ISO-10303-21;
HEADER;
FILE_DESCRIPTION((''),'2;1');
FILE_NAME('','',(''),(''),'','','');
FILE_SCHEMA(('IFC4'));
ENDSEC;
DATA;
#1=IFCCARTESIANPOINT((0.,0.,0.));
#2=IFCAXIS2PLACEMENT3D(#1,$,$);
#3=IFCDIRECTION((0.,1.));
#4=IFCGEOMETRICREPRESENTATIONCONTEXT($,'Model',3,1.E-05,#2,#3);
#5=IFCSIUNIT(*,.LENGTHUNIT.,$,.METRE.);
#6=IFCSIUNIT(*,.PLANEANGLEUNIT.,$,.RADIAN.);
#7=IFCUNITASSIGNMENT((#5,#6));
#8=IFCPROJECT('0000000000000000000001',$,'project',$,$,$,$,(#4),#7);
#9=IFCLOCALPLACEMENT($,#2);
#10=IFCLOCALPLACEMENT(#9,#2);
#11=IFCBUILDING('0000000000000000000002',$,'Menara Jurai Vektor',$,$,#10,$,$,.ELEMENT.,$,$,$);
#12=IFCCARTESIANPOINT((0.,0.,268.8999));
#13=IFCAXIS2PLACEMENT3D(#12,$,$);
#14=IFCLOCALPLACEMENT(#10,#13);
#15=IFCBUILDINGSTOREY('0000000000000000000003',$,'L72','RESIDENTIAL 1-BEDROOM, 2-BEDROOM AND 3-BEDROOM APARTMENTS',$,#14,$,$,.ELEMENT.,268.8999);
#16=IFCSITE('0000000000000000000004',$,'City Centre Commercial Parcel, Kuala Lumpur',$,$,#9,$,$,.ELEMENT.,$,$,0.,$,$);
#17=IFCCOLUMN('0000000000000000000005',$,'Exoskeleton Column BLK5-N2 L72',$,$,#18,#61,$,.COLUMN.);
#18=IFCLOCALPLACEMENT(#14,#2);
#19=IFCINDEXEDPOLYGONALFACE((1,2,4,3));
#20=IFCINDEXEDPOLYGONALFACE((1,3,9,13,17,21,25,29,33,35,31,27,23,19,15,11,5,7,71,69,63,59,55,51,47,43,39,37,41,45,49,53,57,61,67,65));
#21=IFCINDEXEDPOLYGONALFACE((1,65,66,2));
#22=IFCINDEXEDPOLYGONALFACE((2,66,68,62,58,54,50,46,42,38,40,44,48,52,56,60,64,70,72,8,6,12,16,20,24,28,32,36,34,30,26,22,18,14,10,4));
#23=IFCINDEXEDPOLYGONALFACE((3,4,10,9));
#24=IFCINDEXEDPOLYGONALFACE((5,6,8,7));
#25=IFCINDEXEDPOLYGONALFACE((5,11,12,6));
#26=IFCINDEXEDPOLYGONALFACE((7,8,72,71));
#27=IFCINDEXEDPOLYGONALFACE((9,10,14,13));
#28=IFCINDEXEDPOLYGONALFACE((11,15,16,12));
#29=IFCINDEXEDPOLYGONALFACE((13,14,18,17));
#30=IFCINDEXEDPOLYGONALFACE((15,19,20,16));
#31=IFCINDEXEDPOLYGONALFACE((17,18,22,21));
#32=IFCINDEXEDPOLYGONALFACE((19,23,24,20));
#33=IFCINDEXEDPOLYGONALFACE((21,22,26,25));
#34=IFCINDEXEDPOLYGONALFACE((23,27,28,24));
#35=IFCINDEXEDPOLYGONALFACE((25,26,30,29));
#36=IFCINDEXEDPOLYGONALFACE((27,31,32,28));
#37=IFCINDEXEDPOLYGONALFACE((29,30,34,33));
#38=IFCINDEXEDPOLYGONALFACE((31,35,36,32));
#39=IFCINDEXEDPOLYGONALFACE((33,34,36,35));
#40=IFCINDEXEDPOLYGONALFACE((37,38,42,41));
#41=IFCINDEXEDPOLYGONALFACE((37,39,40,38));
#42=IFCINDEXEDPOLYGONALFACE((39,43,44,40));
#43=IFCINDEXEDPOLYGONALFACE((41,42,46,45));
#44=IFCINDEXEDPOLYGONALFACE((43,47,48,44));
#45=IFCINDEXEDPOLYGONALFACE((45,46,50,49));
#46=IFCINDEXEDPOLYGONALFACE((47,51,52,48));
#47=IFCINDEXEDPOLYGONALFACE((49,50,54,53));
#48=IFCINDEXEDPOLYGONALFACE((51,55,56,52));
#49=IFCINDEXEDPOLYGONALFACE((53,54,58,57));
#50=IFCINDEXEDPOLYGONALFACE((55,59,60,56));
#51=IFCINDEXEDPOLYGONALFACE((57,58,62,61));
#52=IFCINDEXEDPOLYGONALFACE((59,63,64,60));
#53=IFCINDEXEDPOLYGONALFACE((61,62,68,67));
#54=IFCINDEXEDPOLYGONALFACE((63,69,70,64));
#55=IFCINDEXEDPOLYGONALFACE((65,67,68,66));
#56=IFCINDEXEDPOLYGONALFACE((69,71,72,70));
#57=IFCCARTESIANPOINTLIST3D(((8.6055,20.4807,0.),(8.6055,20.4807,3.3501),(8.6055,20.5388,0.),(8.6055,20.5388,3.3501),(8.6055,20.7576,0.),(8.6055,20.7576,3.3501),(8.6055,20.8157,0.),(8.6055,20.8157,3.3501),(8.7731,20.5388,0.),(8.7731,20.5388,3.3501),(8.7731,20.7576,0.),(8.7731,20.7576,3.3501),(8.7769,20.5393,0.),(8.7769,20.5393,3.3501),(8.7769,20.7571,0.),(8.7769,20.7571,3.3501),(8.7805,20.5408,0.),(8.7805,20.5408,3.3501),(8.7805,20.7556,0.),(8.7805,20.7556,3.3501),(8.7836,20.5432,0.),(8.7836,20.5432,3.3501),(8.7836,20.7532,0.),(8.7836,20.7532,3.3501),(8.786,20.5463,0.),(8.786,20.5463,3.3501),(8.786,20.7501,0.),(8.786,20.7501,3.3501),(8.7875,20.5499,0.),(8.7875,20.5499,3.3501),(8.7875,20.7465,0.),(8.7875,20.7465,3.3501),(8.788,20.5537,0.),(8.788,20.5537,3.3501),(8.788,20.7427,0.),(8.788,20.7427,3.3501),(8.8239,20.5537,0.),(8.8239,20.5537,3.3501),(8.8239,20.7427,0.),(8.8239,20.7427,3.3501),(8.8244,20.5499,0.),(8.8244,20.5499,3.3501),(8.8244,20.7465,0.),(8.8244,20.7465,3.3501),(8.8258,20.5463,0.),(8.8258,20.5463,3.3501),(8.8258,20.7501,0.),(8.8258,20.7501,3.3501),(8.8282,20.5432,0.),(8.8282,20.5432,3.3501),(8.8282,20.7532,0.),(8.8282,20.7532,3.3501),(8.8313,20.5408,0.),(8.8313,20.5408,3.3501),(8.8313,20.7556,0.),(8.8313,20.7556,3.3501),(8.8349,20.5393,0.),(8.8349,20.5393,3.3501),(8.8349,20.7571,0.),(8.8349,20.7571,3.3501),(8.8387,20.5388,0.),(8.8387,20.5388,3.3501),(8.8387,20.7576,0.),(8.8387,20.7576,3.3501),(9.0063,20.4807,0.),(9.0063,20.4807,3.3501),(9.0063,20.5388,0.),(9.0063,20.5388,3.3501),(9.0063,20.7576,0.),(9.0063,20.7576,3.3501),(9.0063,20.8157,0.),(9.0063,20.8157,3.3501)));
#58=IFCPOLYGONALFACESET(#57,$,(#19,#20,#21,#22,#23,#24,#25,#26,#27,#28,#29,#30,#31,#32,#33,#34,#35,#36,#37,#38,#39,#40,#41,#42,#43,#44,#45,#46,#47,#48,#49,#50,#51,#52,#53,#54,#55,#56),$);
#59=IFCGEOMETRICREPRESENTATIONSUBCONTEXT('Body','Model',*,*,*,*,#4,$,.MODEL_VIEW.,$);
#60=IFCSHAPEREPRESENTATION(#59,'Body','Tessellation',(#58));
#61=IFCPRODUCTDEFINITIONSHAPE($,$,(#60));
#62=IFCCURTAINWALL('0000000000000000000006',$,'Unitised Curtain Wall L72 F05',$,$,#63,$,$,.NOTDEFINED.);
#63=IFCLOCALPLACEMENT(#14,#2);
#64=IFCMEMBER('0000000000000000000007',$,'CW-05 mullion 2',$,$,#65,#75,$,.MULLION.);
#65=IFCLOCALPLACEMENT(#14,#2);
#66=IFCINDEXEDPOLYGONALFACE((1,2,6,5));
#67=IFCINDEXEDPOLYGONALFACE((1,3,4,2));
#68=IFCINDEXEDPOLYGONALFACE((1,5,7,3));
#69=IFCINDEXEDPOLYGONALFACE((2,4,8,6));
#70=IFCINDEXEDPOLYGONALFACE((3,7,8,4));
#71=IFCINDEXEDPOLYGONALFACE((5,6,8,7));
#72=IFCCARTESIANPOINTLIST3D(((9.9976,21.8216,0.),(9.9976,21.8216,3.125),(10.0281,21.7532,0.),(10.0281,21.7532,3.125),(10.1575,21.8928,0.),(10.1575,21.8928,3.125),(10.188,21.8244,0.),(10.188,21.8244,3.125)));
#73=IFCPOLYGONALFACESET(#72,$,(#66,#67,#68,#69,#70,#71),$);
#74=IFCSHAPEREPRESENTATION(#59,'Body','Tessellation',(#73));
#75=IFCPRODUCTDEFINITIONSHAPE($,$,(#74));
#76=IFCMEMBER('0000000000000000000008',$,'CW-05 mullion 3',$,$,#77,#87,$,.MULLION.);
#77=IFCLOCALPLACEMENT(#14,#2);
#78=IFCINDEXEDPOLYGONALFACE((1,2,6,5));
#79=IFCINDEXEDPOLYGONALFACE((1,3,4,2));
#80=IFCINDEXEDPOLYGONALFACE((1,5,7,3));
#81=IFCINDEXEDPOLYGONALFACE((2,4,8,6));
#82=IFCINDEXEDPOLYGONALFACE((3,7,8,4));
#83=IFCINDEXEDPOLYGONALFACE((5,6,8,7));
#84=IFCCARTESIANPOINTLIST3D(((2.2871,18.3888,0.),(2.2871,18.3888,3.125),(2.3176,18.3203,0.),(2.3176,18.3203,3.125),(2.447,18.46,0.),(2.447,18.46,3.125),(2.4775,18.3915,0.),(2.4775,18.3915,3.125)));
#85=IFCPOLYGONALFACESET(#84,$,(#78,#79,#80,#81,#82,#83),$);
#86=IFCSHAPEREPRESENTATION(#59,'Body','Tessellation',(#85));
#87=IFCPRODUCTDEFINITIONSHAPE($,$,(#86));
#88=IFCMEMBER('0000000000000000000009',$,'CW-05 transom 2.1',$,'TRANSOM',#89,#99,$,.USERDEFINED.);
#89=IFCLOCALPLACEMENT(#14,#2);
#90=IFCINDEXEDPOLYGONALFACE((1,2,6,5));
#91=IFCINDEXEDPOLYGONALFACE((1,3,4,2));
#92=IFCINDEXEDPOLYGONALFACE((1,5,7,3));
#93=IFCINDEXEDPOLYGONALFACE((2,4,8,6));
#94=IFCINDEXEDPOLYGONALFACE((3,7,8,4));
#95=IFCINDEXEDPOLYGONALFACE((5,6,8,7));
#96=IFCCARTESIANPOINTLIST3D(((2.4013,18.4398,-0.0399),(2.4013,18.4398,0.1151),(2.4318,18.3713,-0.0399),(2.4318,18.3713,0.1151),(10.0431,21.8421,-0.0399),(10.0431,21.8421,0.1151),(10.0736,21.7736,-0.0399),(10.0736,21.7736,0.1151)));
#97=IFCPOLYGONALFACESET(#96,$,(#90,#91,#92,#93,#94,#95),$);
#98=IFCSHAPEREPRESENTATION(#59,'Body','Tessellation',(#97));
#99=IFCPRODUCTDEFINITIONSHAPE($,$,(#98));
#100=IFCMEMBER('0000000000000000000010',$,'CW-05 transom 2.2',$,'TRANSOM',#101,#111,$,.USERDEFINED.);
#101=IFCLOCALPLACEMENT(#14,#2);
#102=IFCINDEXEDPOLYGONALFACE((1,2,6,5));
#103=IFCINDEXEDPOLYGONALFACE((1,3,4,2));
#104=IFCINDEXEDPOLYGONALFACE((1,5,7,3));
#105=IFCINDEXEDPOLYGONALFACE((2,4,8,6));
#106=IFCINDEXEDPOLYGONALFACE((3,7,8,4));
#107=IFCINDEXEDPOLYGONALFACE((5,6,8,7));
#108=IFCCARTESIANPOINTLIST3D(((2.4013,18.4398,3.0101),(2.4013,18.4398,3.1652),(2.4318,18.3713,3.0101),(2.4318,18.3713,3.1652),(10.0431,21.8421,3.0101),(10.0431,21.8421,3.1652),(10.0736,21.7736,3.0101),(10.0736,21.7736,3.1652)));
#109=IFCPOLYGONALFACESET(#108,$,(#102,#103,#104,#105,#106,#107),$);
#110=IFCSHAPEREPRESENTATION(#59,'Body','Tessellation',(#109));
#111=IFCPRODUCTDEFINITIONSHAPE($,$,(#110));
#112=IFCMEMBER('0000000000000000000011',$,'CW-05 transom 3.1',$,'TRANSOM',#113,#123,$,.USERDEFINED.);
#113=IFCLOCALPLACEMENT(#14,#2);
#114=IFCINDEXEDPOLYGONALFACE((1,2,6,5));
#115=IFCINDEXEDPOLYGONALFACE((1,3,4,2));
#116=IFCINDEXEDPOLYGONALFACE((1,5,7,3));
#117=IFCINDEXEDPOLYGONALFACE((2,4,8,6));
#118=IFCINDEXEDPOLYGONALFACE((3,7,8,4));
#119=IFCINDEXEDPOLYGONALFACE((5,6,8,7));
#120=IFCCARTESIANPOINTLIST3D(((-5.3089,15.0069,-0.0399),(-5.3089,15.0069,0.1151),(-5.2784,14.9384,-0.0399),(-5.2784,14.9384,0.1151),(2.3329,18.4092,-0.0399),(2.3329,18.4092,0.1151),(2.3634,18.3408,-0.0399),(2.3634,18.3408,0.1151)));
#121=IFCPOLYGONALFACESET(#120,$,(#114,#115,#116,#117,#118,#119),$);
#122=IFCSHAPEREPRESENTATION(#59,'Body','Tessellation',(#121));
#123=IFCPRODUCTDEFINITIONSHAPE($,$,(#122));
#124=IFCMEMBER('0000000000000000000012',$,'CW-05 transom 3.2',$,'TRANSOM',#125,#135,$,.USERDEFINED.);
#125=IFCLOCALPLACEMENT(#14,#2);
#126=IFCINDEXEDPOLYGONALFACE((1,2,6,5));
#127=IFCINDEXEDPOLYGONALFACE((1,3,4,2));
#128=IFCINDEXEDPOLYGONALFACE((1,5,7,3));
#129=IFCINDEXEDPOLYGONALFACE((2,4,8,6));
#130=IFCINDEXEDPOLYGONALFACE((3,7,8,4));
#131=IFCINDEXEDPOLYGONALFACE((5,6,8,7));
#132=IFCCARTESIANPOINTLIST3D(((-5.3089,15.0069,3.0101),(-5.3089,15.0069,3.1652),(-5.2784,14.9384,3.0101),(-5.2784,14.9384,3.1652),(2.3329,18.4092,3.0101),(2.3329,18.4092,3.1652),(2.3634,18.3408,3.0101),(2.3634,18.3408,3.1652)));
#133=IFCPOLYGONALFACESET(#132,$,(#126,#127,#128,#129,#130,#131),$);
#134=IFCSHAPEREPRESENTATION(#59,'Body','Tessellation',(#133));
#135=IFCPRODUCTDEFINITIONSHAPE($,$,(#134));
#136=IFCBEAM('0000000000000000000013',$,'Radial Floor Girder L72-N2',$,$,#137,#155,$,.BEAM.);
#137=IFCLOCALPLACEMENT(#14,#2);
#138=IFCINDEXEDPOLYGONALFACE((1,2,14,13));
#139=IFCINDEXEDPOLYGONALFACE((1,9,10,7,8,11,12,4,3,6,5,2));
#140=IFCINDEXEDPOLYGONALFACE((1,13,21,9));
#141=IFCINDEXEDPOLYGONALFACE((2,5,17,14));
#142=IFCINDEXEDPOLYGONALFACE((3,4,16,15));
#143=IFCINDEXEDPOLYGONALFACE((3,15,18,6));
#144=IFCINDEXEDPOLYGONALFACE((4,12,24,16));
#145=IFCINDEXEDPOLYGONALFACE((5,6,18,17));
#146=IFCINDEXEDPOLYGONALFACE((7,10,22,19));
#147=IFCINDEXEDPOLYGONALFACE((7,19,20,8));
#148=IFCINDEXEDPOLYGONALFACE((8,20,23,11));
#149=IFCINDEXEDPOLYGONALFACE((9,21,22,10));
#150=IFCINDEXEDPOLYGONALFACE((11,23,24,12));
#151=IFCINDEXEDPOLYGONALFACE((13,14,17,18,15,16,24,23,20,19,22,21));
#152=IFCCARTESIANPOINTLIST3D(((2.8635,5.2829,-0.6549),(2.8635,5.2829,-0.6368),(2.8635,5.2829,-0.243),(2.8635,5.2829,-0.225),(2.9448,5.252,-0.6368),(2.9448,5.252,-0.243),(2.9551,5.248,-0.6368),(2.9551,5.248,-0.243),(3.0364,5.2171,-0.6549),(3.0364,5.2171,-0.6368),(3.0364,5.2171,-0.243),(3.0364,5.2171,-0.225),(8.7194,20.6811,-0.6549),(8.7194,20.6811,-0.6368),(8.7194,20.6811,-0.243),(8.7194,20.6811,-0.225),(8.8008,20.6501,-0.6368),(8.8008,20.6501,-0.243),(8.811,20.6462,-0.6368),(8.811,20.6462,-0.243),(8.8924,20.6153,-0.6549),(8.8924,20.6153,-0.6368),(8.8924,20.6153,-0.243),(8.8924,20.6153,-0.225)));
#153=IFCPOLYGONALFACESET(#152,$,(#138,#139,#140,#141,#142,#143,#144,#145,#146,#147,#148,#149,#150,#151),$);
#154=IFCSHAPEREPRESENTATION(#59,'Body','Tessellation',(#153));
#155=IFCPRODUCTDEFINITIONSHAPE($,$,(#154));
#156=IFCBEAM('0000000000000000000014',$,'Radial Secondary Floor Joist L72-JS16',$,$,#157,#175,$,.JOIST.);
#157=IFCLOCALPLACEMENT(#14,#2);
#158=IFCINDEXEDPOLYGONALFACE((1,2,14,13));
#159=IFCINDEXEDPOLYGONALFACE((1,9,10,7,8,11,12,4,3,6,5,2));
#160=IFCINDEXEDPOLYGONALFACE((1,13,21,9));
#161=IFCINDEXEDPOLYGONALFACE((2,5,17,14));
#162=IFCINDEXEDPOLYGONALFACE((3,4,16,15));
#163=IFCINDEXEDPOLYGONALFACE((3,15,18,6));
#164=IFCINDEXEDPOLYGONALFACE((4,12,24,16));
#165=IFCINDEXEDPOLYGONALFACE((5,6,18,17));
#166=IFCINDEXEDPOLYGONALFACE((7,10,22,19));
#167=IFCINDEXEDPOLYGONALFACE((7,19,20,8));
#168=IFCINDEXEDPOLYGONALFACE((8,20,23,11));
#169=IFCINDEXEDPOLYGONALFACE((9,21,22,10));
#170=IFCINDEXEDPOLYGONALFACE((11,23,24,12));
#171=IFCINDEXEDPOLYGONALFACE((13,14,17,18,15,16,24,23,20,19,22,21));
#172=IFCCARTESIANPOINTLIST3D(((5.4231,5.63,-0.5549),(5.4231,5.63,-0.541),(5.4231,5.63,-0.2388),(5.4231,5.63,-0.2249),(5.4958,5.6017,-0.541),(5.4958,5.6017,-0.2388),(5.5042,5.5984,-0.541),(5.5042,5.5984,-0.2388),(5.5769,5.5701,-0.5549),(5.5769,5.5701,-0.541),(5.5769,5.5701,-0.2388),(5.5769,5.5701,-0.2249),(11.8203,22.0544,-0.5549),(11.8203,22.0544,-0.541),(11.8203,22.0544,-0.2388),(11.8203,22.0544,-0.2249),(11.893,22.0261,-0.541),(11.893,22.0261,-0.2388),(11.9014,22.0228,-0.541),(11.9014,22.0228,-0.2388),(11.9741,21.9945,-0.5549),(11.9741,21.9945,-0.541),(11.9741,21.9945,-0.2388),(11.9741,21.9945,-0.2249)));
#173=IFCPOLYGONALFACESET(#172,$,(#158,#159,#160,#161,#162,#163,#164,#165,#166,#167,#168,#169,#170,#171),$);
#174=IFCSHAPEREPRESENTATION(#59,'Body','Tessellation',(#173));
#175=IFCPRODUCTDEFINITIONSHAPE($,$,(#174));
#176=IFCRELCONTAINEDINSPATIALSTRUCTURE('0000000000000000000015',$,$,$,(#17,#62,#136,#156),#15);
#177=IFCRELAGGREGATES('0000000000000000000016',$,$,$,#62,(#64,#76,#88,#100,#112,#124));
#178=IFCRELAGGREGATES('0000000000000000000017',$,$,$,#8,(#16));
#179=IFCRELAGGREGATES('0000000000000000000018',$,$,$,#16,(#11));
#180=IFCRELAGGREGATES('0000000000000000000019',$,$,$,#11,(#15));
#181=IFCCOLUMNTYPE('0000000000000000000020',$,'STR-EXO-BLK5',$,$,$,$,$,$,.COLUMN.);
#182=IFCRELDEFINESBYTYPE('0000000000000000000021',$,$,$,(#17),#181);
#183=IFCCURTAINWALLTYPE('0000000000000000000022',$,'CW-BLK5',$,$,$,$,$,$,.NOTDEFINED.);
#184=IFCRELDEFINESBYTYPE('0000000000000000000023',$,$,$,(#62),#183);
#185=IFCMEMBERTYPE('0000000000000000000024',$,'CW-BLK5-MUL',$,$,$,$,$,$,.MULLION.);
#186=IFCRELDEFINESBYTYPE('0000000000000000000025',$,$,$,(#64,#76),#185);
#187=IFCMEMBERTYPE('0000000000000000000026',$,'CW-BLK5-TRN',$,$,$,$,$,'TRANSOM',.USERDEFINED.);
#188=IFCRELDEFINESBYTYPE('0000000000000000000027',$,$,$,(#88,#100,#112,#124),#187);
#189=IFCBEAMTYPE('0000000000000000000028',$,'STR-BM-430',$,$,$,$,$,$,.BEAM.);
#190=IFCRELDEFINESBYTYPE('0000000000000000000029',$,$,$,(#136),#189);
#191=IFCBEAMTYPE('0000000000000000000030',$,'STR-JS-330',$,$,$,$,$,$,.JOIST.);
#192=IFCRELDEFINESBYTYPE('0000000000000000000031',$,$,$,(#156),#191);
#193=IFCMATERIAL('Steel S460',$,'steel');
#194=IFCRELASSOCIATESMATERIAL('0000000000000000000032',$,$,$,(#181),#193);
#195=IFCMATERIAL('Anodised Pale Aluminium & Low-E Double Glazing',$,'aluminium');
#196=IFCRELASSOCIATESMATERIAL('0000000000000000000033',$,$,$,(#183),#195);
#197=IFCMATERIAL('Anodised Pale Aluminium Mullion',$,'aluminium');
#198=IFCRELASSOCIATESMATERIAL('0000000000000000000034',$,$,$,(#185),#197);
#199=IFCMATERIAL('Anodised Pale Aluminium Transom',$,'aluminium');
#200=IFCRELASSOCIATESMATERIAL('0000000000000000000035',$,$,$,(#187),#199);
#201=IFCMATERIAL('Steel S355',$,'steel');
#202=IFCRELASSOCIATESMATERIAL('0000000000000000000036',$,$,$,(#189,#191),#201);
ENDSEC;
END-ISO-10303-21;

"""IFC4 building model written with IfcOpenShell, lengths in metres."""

from ifc_helpers import new_model, si_unit, direction, frame, origin, origin_2d, place, context, subcontext, project, spatial, rectangle, i_section, extrude, material, material_profile, profile_set, type_object, element, aggregate, save


model = new_model("IFC4")

# Units and contexts
model_context = context("Model", 3, precision=1e-05, world=origin(), true_north=direction((0.0, 1.0)))
body_context = subcontext(model_context, "Body", "Model", "MODEL_VIEW")
ifc_project = project(units=[si_unit("LENGTHUNIT", "METRE"), si_unit("PLANEANGLEUNIT", "RADIAN")], contexts=[model_context])

# Site, building, storey
site_placement = place(None, origin())
site = spatial("IfcSite", under=ifc_project, at=site_placement, Name="City Centre Commercial Parcel, Kuala Lumpur", CompositionType="ELEMENT", RefElevation=0.0)
building_placement = place(site_placement, origin())
building = spatial("IfcBuilding", under=site, at=building_placement, Name="Menara Jurai Vektor", CompositionType="ELEMENT")
storey_placement = place(building_placement, frame((0.0, 0.0, 268.8999)))
storey = spatial("IfcBuildingStorey", under=building, at=storey_placement, Name="L72", Description="RESIDENTIAL 1-BEDROOM, 2-BEDROOM AND 3-BEDROOM APARTMENTS", CompositionType="ELEMENT", Elevation=268.8999)

# Column
ifc_material_1 = material(Name="Steel S460", Category="steel")
ifc_material_profile_1 = material_profile(ifc_material_1, i_section(OverallWidth=0.4009, OverallDepth=0.335, WebThickness=0.0359, FlangeThickness=0.0581, FilletRadius=0.0149, at=origin_2d()), Name="HD 400x463")
ifc_profile_set_1 = profile_set([ifc_material_profile_1], Name="Steel S460")
column_type = type_object("IfcColumnType", Name="STR-EXO-BLK5", PredefinedType="COLUMN", material=ifc_profile_set_1)
column_placement = place(storey_placement, frame((8.8059, 20.6482, 0.0), z_axis=(0.0, 0.0, 1.0), x_axis=(1.0, 0.0, 0.0)))
element("IfcColumn", 1, at=column_placement, inside=storey, type_object=column_type, Name="Exoskeleton Column BLK5-N2 L72", PredefinedType="COLUMN", context=body_context, shape_type="SweptSolid", body=[
    extrude(i_section(OverallWidth=0.4009, OverallDepth=0.335, WebThickness=0.0359, FlangeThickness=0.0581, FilletRadius=0.0149, at=origin_2d()), origin(), (0.0, 0.0, 1.0), 3.3501),
])

# Curtain wall, members
ifc_material_2 = material(Name="Anodised Pale Aluminium & Low-E Double Glazing", Category="aluminium")
curtain_wall_type = type_object("IfcCurtainWallType", Name="CW-BLK5", PredefinedType="NOTDEFINED", material=ifc_material_2)
curtain_wall_placement = place(storey_placement, origin())
curtain_wall = element("IfcCurtainWall", 2, at=curtain_wall_placement, inside=storey, type_object=curtain_wall_type, Name="Unitised Curtain Wall L72 F05", PredefinedType="NOTDEFINED")
ifc_material_3 = material(Name="Anodised Pale Aluminium Mullion", Category="aluminium")
ifc_material_profile_2 = material_profile(ifc_material_3, rectangle(XDim=0.075, YDim=0.175, at=origin_2d()), Name="ALU MUL 75x175")
ifc_profile_set_2 = profile_set([ifc_material_profile_2], Name="Anodised Pale Aluminium Mullion")
member_type_1 = type_object("IfcMemberType", Name="CW-BLK5-MUL", PredefinedType="MULLION", material=ifc_profile_set_2)
member_1_placement = place(storey_placement, frame((10.0928, 21.823, 0.0), z_axis=(0.0, 0.0, 1.0), x_axis=(0.406735, -0.913546, 0.0)))
member_1 = element("IfcMember", 3, at=member_1_placement, type_object=member_type_1, Name="CW-05 mullion 2", PredefinedType="MULLION", context=body_context, shape_type="SweptSolid", body=[
    extrude(rectangle(XDim=0.075, YDim=0.175, at=origin_2d()), origin(), (0.0, 0.0, 1.0), 3.125),
])
member_2_placement = place(storey_placement, frame((2.3823, 18.3901, 0.0), z_axis=(0.0, 0.0, 1.0), x_axis=(0.406735, -0.913546, 0.0)))
member_2 = element("IfcMember", 4, at=member_2_placement, type_object=member_type_1, Name="CW-05 mullion 3", PredefinedType="MULLION", context=body_context, shape_type="SweptSolid", body=[
    extrude(rectangle(XDim=0.075, YDim=0.175, at=origin_2d()), origin(), (0.0, 0.0, 1.0), 3.125),
])
ifc_material_4 = material(Name="Anodised Pale Aluminium Transom", Category="aluminium")
ifc_material_profile_3 = material_profile(ifc_material_4, rectangle(XDim=0.075, YDim=0.155, at=origin_2d()), Name="ALU TRN 75x155")
ifc_profile_set_3 = profile_set([ifc_material_profile_3], Name="Anodised Pale Aluminium Transom")
member_type_2 = type_object("IfcMemberType", Name="CW-BLK5-TRN", ElementType="TRANSOM", PredefinedType="USERDEFINED", material=ifc_profile_set_3)
member_3_placement = place(storey_placement, frame((10.0583, 21.8079, 0.0376), z_axis=(-0.913547, -0.406734, 0.0), x_axis=(0.406734, -0.913547, 0.0)))
member_3 = element("IfcMember", 5, at=member_3_placement, type_object=member_type_2, Name="CW-05 transom 2.1", ObjectType="TRANSOM", PredefinedType="USERDEFINED", context=body_context, shape_type="SweptSolid", body=[
    extrude(rectangle(XDim=0.075, YDim=0.155, at=origin_2d()), origin(), (0.0, 0.0, 1.0), 8.365),
])
member_4_placement = place(storey_placement, frame((10.0583, 21.8079, 3.0876), z_axis=(-0.913547, -0.406734, 0.0), x_axis=(0.406734, -0.913547, 0.0)))
member_4 = element("IfcMember", 6, at=member_4_placement, type_object=member_type_2, Name="CW-05 transom 2.2", ObjectType="TRANSOM", PredefinedType="USERDEFINED", context=body_context, shape_type="SweptSolid", body=[
    extrude(rectangle(XDim=0.075, YDim=0.155, at=origin_2d()), origin(), (0.0, 0.0, 1.0), 8.365),
])
member_5_placement = place(storey_placement, frame((2.3481, 18.375, 0.0376), z_axis=(-0.913547, -0.406734, 0.0), x_axis=(0.406734, -0.913547, 0.0)))
member_5 = element("IfcMember", 7, at=member_5_placement, type_object=member_type_2, Name="CW-05 transom 3.1", ObjectType="TRANSOM", PredefinedType="USERDEFINED", context=body_context, shape_type="SweptSolid", body=[
    extrude(rectangle(XDim=0.075, YDim=0.155, at=origin_2d()), origin(), (0.0, 0.0, 1.0), 8.365),
])
member_6_placement = place(storey_placement, frame((2.3481, 18.375, 3.0876), z_axis=(-0.913547, -0.406734, 0.0), x_axis=(0.406734, -0.913547, 0.0)))
member_6 = element("IfcMember", 8, at=member_6_placement, type_object=member_type_2, Name="CW-05 transom 3.2", ObjectType="TRANSOM", PredefinedType="USERDEFINED", context=body_context, shape_type="SweptSolid", body=[
    extrude(rectangle(XDim=0.075, YDim=0.155, at=origin_2d()), origin(), (0.0, 0.0, 1.0), 8.365),
])

# Beams
ifc_material_5 = material(Name="Steel S355", Category="steel")
ifc_material_profile_4 = material_profile(ifc_material_5, i_section(OverallWidth=0.1851, OverallDepth=0.4299, WebThickness=0.011, FlangeThickness=0.0181, at=origin_2d()), Name="PG 430x185x76")
ifc_profile_set_4 = profile_set([ifc_material_profile_4], Name="Steel S355")
beam_type_1 = type_object("IfcBeamType", Name="STR-BM-430", PredefinedType="BEAM", material=ifc_profile_set_4)
beam_1_placement = place(storey_placement, frame((8.8059, 20.6482, -0.4399), z_axis=(-0.355464, -0.93469, 0.0), x_axis=(0.93469, -0.355464, 0.0)))
element("IfcBeam", 9, at=beam_1_placement, inside=storey, type_object=beam_type_1, Name="Radial Floor Girder L72-N2", PredefinedType="BEAM", context=body_context, shape_type="SweptSolid", body=[
    extrude(i_section(OverallWidth=0.1851, OverallDepth=0.4299, WebThickness=0.011, FlangeThickness=0.0181, at=origin_2d()), origin(), (0.0, 0.0, 1.0), 16.4741),
])
ifc_material_profile_5 = material_profile(ifc_material_5, i_section(OverallWidth=0.165, OverallDepth=0.3301, WebThickness=0.009, FlangeThickness=0.0139, at=origin_2d()), Name="PG 330x165x46")
ifc_profile_set_5 = profile_set([ifc_material_profile_5], Name="Steel S355")
beam_type_2 = type_object("IfcBeamType", Name="STR-JS-330", PredefinedType="JOIST", material=ifc_profile_set_5)
beam_2_placement = place(storey_placement, frame((11.8972, 22.0244, -0.3899), z_axis=(-0.362938, -0.931813, 0.0), x_axis=(0.931813, -0.362938, 0.0)))
element("IfcBeam", 10, at=beam_2_placement, inside=storey, type_object=beam_type_2, Name="Radial Secondary Floor Joist L72-JS16", PredefinedType="JOIST", context=body_context, shape_type="SweptSolid", body=[
    extrude(i_section(OverallWidth=0.165, OverallDepth=0.3301, WebThickness=0.009, FlangeThickness=0.0139, at=origin_2d()), origin(), (0.0, 0.0, 1.0), 17.6262),
])

aggregate(curtain_wall, [member_1, member_2, member_3, member_4, member_5, member_6])

save(model, "model.ifc")
